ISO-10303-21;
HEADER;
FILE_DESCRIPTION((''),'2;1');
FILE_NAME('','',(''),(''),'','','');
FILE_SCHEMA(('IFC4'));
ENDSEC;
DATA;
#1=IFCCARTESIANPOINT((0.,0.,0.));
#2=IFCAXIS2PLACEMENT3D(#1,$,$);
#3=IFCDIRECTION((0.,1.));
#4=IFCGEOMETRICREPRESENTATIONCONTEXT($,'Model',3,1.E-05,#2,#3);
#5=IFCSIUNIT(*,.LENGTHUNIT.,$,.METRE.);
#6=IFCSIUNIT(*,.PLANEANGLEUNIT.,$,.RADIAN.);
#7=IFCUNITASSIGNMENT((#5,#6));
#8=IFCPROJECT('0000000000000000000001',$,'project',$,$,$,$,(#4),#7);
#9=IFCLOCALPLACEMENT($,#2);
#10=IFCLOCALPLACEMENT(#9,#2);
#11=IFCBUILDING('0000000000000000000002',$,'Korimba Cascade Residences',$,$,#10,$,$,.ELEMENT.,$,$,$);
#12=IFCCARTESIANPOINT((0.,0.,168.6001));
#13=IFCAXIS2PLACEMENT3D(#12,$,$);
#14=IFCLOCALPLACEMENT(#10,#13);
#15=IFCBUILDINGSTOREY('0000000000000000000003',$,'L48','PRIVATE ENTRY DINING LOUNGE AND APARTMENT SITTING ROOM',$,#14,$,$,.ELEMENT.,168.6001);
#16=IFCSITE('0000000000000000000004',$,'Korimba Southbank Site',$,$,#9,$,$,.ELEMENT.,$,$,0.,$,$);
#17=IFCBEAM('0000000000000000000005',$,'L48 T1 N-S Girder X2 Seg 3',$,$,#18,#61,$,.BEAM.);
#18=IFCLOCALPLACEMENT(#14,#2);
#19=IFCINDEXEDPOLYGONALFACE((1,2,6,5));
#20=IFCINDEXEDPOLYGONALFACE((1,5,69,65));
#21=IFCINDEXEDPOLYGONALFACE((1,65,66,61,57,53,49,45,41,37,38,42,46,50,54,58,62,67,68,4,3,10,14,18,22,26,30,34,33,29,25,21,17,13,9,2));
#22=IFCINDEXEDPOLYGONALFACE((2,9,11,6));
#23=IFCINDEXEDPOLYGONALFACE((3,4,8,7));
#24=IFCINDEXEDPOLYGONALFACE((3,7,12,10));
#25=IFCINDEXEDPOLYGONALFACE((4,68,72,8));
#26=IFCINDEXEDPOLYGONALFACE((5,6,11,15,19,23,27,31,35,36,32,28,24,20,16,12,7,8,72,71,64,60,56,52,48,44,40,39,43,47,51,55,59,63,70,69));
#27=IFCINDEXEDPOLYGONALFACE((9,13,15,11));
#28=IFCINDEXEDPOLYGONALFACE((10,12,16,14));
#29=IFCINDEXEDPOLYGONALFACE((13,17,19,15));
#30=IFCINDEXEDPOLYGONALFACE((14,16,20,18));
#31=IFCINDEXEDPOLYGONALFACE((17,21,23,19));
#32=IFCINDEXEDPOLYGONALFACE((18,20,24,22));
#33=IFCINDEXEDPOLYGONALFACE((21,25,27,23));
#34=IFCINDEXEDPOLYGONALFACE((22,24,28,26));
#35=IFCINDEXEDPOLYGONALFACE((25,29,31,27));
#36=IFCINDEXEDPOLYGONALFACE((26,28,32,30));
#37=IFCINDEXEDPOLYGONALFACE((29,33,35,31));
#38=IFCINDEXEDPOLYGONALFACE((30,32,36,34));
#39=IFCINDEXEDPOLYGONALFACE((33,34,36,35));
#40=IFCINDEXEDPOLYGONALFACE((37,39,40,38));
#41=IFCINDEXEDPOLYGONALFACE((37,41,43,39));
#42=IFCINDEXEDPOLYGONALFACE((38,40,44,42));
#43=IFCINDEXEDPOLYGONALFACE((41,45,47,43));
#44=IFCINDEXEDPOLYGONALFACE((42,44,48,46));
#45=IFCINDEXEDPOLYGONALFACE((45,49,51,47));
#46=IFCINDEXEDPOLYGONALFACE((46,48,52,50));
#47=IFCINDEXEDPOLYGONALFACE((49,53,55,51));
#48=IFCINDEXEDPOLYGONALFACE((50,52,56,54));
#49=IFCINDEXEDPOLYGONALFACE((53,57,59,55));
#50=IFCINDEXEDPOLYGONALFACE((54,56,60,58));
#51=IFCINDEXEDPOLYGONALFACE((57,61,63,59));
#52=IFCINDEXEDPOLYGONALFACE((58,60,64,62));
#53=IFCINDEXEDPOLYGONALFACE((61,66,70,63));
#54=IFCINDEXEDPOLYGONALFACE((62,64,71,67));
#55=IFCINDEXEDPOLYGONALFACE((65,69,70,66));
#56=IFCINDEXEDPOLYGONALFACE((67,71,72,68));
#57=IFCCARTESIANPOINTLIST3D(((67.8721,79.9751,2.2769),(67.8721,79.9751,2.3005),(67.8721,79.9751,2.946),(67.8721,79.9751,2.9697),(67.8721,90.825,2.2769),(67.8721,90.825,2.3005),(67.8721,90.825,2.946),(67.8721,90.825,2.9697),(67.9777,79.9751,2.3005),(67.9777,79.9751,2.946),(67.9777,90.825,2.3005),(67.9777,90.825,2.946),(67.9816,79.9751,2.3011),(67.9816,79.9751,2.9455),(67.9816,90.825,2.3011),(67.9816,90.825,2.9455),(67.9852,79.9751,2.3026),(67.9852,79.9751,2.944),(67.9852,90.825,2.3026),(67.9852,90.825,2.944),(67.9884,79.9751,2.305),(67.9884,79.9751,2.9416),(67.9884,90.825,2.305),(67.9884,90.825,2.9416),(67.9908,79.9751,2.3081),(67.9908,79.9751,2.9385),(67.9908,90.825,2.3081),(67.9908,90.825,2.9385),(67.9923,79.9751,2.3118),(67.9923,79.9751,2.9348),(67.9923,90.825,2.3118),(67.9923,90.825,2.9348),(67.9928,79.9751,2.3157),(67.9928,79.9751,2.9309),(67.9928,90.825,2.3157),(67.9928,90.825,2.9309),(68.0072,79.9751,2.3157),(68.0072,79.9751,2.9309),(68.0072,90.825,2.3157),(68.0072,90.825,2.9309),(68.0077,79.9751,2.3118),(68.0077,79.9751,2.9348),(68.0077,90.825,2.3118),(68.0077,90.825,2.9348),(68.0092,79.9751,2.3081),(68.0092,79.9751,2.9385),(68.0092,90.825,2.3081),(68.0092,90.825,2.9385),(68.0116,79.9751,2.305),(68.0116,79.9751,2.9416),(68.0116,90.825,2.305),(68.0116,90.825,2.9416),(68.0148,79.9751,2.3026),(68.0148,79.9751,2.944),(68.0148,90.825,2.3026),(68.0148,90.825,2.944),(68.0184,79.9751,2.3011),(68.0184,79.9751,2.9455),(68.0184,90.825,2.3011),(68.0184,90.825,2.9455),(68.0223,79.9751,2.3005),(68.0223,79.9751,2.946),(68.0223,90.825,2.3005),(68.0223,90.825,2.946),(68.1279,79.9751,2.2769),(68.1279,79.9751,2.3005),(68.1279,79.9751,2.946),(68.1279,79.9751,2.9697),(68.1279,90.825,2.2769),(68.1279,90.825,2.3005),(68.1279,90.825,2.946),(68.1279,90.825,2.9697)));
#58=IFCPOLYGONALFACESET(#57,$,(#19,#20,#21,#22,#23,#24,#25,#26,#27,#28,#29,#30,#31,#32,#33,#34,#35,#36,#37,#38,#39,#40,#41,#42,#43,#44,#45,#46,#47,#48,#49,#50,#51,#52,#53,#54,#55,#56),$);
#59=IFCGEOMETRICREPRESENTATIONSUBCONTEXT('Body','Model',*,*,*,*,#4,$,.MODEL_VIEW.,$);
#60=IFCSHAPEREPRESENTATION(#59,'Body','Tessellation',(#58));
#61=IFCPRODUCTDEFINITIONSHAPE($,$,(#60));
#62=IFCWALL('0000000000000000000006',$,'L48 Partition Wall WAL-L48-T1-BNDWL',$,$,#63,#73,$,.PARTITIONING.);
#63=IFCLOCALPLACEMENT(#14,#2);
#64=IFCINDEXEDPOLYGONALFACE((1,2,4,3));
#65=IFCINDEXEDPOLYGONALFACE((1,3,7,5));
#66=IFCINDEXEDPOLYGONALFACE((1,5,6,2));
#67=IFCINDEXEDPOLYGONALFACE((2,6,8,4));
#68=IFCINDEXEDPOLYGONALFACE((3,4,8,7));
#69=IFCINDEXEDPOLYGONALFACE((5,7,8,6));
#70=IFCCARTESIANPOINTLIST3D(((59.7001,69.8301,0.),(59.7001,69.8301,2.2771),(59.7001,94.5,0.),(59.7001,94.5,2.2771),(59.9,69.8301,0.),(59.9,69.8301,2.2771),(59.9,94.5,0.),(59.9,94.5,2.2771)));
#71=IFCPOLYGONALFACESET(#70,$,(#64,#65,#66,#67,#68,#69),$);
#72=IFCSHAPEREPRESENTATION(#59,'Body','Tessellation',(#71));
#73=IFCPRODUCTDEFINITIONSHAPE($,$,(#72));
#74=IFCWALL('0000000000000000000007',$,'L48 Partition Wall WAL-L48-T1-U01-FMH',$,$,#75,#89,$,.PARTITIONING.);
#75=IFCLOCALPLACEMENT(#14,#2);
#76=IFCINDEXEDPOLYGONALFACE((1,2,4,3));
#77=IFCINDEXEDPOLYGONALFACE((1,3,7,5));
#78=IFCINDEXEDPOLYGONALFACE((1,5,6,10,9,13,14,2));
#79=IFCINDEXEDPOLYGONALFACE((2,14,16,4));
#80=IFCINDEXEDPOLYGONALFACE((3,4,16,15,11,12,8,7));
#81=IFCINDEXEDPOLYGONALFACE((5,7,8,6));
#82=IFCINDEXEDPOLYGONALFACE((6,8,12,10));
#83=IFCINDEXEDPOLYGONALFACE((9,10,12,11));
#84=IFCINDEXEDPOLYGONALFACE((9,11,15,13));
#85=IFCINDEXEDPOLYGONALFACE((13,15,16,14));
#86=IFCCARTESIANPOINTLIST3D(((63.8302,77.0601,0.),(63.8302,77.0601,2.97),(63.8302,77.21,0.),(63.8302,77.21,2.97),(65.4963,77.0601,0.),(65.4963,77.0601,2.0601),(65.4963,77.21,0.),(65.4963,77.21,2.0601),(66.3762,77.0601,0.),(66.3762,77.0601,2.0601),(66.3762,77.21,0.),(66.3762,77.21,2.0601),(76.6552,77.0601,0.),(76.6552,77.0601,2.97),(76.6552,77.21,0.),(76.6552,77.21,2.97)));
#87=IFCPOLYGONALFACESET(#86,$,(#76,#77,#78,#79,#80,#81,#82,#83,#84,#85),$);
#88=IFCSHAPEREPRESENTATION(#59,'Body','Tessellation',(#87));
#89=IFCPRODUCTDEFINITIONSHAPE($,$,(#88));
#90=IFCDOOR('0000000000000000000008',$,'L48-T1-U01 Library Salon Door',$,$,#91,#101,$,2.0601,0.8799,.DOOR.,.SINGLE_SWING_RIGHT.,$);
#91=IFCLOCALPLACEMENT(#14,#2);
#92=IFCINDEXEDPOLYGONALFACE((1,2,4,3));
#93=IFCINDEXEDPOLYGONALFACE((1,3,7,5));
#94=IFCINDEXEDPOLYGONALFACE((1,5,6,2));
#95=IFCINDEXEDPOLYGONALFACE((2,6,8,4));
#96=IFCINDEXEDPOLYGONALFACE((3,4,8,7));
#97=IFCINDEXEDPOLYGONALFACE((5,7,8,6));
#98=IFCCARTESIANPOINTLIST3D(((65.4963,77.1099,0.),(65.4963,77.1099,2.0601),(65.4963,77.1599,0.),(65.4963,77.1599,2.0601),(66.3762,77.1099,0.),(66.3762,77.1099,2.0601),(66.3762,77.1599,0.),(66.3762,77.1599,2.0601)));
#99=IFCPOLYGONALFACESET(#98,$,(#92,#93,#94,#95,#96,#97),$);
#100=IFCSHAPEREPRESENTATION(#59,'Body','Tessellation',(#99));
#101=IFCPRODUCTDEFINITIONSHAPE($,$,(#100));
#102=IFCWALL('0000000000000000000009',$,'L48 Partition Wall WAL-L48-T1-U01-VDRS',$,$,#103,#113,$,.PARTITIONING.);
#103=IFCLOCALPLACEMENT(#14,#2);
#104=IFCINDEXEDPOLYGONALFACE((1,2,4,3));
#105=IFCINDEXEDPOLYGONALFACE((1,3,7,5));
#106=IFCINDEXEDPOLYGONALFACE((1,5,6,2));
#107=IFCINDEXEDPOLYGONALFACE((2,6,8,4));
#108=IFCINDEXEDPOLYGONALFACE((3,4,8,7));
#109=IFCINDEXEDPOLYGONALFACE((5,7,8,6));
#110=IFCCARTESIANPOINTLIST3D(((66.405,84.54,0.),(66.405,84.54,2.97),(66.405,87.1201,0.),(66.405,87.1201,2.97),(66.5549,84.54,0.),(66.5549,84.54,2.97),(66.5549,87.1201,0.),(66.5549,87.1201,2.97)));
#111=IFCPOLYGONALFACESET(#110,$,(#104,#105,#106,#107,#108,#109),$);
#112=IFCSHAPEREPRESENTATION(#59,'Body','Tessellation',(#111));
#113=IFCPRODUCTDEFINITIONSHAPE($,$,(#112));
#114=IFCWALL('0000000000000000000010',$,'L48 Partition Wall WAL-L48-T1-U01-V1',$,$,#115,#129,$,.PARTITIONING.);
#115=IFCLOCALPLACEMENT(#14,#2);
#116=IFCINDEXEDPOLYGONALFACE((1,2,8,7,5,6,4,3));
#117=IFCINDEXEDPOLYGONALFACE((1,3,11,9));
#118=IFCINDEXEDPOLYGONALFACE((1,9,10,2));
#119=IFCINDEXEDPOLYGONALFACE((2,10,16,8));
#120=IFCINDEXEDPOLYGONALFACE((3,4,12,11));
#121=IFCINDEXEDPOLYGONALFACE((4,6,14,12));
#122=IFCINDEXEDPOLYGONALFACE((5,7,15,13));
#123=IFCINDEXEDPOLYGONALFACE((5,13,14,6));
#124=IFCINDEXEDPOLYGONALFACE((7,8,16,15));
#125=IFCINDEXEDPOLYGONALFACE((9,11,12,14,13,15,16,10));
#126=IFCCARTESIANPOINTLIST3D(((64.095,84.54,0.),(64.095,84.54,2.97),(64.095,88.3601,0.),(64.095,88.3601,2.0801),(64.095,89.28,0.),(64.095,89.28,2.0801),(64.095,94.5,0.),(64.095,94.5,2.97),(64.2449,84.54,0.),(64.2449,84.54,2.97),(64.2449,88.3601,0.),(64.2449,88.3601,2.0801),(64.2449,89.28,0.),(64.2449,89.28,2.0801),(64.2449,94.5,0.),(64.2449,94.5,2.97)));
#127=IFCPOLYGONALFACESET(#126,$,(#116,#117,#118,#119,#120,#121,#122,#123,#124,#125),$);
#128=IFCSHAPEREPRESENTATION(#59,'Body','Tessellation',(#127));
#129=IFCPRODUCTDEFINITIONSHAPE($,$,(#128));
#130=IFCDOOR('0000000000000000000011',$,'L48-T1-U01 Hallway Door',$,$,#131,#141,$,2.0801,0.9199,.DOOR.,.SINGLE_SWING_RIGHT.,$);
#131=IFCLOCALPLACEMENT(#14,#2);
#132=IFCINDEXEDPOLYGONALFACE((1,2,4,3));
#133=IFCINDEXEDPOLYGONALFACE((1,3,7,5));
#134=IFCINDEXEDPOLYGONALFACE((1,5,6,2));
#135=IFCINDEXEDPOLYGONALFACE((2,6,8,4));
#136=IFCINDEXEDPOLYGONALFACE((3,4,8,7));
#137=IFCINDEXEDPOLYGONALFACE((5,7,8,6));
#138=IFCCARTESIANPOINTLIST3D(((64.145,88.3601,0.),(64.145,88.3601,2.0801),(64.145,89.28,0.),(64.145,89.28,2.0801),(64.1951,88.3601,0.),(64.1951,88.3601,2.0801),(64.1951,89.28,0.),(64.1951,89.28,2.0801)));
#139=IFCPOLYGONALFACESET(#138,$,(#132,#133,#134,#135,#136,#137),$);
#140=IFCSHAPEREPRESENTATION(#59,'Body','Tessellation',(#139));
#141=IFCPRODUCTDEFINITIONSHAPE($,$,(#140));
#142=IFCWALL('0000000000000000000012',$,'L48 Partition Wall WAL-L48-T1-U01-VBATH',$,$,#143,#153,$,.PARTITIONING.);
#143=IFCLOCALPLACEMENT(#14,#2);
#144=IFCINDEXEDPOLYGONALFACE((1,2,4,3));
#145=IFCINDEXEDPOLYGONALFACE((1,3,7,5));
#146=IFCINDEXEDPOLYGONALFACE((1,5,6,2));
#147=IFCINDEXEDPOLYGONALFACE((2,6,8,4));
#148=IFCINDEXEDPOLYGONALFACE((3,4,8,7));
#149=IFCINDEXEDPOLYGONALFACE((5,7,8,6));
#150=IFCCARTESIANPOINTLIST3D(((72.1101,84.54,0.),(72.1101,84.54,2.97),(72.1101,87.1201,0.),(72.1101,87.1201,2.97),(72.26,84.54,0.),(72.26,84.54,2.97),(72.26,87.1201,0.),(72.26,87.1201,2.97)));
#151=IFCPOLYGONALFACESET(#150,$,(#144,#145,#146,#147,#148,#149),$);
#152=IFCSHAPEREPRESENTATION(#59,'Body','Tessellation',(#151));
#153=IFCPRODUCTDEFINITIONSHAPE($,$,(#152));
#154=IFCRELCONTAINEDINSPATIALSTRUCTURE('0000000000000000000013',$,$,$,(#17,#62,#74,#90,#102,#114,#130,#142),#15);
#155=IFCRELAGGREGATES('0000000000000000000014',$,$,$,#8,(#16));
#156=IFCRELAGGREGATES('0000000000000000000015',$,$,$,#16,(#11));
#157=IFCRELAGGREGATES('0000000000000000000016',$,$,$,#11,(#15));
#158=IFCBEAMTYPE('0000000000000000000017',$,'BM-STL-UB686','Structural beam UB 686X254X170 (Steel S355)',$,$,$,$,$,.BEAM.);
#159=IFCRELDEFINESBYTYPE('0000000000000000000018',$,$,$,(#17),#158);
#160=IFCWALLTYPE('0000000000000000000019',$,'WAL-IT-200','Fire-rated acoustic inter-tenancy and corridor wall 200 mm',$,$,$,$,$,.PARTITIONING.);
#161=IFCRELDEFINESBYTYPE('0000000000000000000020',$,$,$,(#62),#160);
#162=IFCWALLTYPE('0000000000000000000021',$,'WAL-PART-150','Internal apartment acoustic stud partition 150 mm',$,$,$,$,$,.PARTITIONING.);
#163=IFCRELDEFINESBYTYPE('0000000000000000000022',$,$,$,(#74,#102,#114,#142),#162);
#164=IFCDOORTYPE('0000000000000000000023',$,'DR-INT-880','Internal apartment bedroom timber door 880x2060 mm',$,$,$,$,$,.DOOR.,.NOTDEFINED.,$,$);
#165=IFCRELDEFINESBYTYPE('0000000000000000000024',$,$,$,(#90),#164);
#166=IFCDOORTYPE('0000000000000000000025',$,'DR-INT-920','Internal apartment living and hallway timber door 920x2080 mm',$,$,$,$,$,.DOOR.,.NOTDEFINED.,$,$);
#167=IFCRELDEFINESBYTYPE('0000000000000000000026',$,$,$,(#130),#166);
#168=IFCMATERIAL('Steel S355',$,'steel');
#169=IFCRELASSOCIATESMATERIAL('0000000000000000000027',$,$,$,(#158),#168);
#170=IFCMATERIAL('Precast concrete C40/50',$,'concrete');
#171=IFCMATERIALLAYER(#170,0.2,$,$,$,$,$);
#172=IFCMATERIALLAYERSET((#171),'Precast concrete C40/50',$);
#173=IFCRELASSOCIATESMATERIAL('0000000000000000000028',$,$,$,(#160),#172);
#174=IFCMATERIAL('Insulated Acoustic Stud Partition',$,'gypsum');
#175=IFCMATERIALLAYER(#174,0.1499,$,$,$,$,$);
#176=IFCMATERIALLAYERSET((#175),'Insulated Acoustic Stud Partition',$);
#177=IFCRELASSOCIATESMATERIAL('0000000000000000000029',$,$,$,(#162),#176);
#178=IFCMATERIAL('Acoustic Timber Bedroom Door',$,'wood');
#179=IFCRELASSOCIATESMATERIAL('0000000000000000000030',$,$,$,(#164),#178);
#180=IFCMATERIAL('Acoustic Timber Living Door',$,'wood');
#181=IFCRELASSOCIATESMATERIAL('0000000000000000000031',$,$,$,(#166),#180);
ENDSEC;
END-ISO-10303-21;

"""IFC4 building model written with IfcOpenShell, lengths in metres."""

from ifc_helpers import new_model, si_unit, direction, frame, frame_2d, origin, origin_2d, place, context, subcontext, project, spatial, rectangle, i_section, extrude, material, layer, layer_set, material_profile, profile_set, type_object, element, fill, save


model = new_model("IFC4")

# Units and contexts
model_context = context("Model", 3, precision=1e-05, world=origin(), true_north=direction((0.0, 1.0)))
body_context = subcontext(model_context, "Body", "Model", "MODEL_VIEW")
ifc_project = project(units=[si_unit("LENGTHUNIT", "METRE"), si_unit("PLANEANGLEUNIT", "RADIAN")], contexts=[model_context])

# Site, building, storey
site_placement = place(None, origin())
site = spatial("IfcSite", under=ifc_project, at=site_placement, Name="Korimba Southbank Site", CompositionType="ELEMENT", RefElevation=0.0)
building_placement = place(site_placement, origin())
building = spatial("IfcBuilding", under=site, at=building_placement, Name="Korimba Cascade Residences", CompositionType="ELEMENT")
storey_placement = place(building_placement, frame((0.0, 0.0, 168.6001)))
storey = spatial("IfcBuildingStorey", under=building, at=storey_placement, Name="L48", Description="PRIVATE ENTRY DINING LOUNGE AND APARTMENT SITTING ROOM", CompositionType="ELEMENT", Elevation=168.6001)

# Beam
ifc_material_1 = material(Name="Steel S355", Category="steel")
ifc_material_profile_1 = material_profile(ifc_material_1, i_section(OverallWidth=0.2559, OverallDepth=0.6929, WebThickness=0.0144, FlangeThickness=0.0237, FilletRadius=0.0151, at=origin_2d()), Name="Steel S355")
ifc_profile_set_1 = profile_set([ifc_material_profile_1], Name="Steel S355")
beam_type_1 = type_object("IfcBeamType", Name="BM-STL-UB686", Description="Structural beam UB 686X254X170 (Steel S355)", PredefinedType="BEAM", material=ifc_profile_set_1)
beam_1_placement = place(storey_placement, frame((68.0, 79.9751, 2.6233), z_axis=(0.0, 1.0, 0.0), x_axis=(-1.0, 0.0, 0.0)))
element("IfcBeam", 1, at=beam_1_placement, inside=storey, type_object=beam_type_1, Name="L48 T1 N-S Girder X2 Seg 3", PredefinedType="BEAM", context=body_context, shape_type="SweptSolid", body=[
    extrude(i_section(OverallWidth=0.2559, OverallDepth=0.6929, WebThickness=0.0144, FlangeThickness=0.0237, FilletRadius=0.0151, at=origin_2d()), origin(), (0.0, 0.0, 1.0), 10.8499),
])

# Wall
ifc_material_2 = material(Name="Precast concrete C40/50", Category="concrete")
ifc_layer_1 = layer(ifc_material_2, 0.2)
ifc_layer_set_1 = layer_set([ifc_layer_1], Name="Precast concrete C40/50")
wall_type_1 = type_object("IfcWallType", Name="WAL-IT-200", Description="Fire-rated acoustic inter-tenancy and corridor wall 200 mm", PredefinedType="PARTITIONING", material=ifc_layer_set_1)
wall_1_placement = place(storey_placement, frame((59.8, 69.8301, 0.0), z_axis=(0.0, 0.0, 1.0), x_axis=(0.0, 1.0, 0.0)))
element("IfcWall", 2, at=wall_1_placement, inside=storey, type_object=wall_type_1, Name="L48 Partition Wall WAL-L48-T1-BNDWL", PredefinedType="PARTITIONING", context=body_context, shape_type="SweptSolid", body=[
    extrude(rectangle(XDim=24.6699, YDim=0.2, at=frame_2d((12.335, 0.0))), origin(), (0.0, 0.0, 1.0), 2.2771),
])

# Wall, opening, door
ifc_material_3 = material(Name="Insulated Acoustic Stud Partition", Category="gypsum")
ifc_layer_2 = layer(ifc_material_3, 0.1499)
ifc_layer_set_2 = layer_set([ifc_layer_2], Name="Insulated Acoustic Stud Partition")
wall_type_2 = type_object("IfcWallType", Name="WAL-PART-150", Description="Internal apartment acoustic stud partition 150 mm", PredefinedType="PARTITIONING", material=ifc_layer_set_2)
wall_2_placement = place(storey_placement, frame((63.8301, 77.135, 0.0), z_axis=(0.0, 0.0, 1.0), x_axis=(1.0, 0.0, 0.0)))
wall_2 = element("IfcWall", 3, at=wall_2_placement, inside=storey, type_object=wall_type_2, Name="L48 Partition Wall WAL-L48-T1-U01-FMH", PredefinedType="PARTITIONING", context=body_context, shape_type="SweptSolid", body=[
    extrude(rectangle(XDim=12.825, YDim=0.1499, at=frame_2d((6.4126, 0.0))), origin(), (0.0, 0.0, 1.0), 2.97),
])
opening_1_placement = place(wall_2_placement, frame((1.6663, 0.0, 0.0)))
opening_1 = element("IfcOpeningElement", 4, at=opening_1_placement, cuts=wall_2, PredefinedType="OPENING", context=body_context, shape_type="SweptSolid", body=[
    extrude(rectangle(XDim=0.8799, YDim=2.0601, at=frame_2d((0.4399, 1.03))), frame((0.0, 0.085, 0.0), z_axis=(0.0, -1.0, 0.0), x_axis=(1.0, 0.0, 0.0)), (0.0, 0.0, 1.0), 0.1699),
])
ifc_material_4 = material(Name="Acoustic Timber Bedroom Door", Category="wood")
door_type_1 = type_object("IfcDoorType", Name="DR-INT-880", Description="Internal apartment bedroom timber door 880x2060 mm", OperationType="NOTDEFINED", PredefinedType="DOOR", material=ifc_material_4)
door_1_placement = place(opening_1_placement, origin())
door_1 = element("IfcDoor", 5, at=door_1_placement, inside=storey, type_object=door_type_1, Name="L48-T1-U01 Library Salon Door", OperationType="SINGLE_SWING_RIGHT", OverallHeight=2.0601, OverallWidth=0.8799, PredefinedType="DOOR", context=body_context, shape_type="SweptSolid", body=[
    extrude(rectangle(XDim=0.8799, YDim=2.0601, at=frame_2d((0.4399, 1.03))), frame((0.0, 0.0249, 0.0), z_axis=(0.0, -1.0, 0.0), x_axis=(1.0, 0.0, 0.0)), (0.0, 0.0, 1.0), 0.05),
])
fill(opening_1, door_1)

# Wall
wall_3_placement = place(storey_placement, frame((66.48, 84.54, 0.0), z_axis=(0.0, 0.0, 1.0), x_axis=(0.0, 1.0, 0.0)))
element("IfcWall", 6, at=wall_3_placement, inside=storey, type_object=wall_type_2, Name="L48 Partition Wall WAL-L48-T1-U01-VDRS", PredefinedType="PARTITIONING", context=body_context, shape_type="SweptSolid", body=[
    extrude(rectangle(XDim=2.5801, YDim=0.1499, at=frame_2d((1.29, 0.0))), origin(), (0.0, 0.0, 1.0), 2.97),
])

# Wall, opening, door
wall_4_placement = place(storey_placement, frame((64.1699, 84.54, 0.0), z_axis=(0.0, 0.0, 1.0), x_axis=(0.0, 1.0, 0.0)))
wall_4 = element("IfcWall", 7, at=wall_4_placement, inside=storey, type_object=wall_type_2, Name="L48 Partition Wall WAL-L48-T1-U01-V1", PredefinedType="PARTITIONING", context=body_context, shape_type="SweptSolid", body=[
    extrude(rectangle(XDim=9.96, YDim=0.1499, at=frame_2d((4.98, 0.0))), origin(), (0.0, 0.0, 1.0), 2.97),
])
opening_2_placement = place(wall_4_placement, frame((3.8201, 0.0, 0.0)))
opening_2 = element("IfcOpeningElement", 8, at=opening_2_placement, cuts=wall_4, PredefinedType="OPENING", context=body_context, shape_type="SweptSolid", body=[
    extrude(rectangle(XDim=0.9199, YDim=2.0801, at=frame_2d((0.46, 1.04))), frame((0.0, 0.085, 0.0), z_axis=(0.0, -1.0, 0.0), x_axis=(1.0, 0.0, 0.0)), (0.0, 0.0, 1.0), 0.1699),
])
ifc_material_5 = material(Name="Acoustic Timber Living Door", Category="wood")
door_type_2 = type_object("IfcDoorType", Name="DR-INT-920", Description="Internal apartment living and hallway timber door 920x2080 mm", OperationType="NOTDEFINED", PredefinedType="DOOR", material=ifc_material_5)
door_2_placement = place(opening_2_placement, origin())
door_2 = element("IfcDoor", 9, at=door_2_placement, inside=storey, type_object=door_type_2, Name="L48-T1-U01 Hallway Door", OperationType="SINGLE_SWING_RIGHT", OverallHeight=2.0801, OverallWidth=0.9199, PredefinedType="DOOR", context=body_context, shape_type="SweptSolid", body=[
    extrude(rectangle(XDim=0.9199, YDim=2.0801, at=frame_2d((0.46, 1.04))), frame((0.0, 0.0249, 0.0), z_axis=(0.0, -1.0, 0.0), x_axis=(1.0, 0.0, 0.0)), (0.0, 0.0, 1.0), 0.05),
])
fill(opening_2, door_2)

# Wall
wall_5_placement = place(storey_placement, frame((72.1851, 84.54, 0.0), z_axis=(0.0, 0.0, 1.0), x_axis=(0.0, 1.0, 0.0)))
element("IfcWall", 10, at=wall_5_placement, inside=storey, type_object=wall_type_2, Name="L48 Partition Wall WAL-L48-T1-U01-VBATH", PredefinedType="PARTITIONING", context=body_context, shape_type="SweptSolid", body=[
    extrude(rectangle(XDim=2.5801, YDim=0.1499, at=frame_2d((1.29, 0.0))), origin(), (0.0, 0.0, 1.0), 2.97),
])

save(model, "model.ifc")
